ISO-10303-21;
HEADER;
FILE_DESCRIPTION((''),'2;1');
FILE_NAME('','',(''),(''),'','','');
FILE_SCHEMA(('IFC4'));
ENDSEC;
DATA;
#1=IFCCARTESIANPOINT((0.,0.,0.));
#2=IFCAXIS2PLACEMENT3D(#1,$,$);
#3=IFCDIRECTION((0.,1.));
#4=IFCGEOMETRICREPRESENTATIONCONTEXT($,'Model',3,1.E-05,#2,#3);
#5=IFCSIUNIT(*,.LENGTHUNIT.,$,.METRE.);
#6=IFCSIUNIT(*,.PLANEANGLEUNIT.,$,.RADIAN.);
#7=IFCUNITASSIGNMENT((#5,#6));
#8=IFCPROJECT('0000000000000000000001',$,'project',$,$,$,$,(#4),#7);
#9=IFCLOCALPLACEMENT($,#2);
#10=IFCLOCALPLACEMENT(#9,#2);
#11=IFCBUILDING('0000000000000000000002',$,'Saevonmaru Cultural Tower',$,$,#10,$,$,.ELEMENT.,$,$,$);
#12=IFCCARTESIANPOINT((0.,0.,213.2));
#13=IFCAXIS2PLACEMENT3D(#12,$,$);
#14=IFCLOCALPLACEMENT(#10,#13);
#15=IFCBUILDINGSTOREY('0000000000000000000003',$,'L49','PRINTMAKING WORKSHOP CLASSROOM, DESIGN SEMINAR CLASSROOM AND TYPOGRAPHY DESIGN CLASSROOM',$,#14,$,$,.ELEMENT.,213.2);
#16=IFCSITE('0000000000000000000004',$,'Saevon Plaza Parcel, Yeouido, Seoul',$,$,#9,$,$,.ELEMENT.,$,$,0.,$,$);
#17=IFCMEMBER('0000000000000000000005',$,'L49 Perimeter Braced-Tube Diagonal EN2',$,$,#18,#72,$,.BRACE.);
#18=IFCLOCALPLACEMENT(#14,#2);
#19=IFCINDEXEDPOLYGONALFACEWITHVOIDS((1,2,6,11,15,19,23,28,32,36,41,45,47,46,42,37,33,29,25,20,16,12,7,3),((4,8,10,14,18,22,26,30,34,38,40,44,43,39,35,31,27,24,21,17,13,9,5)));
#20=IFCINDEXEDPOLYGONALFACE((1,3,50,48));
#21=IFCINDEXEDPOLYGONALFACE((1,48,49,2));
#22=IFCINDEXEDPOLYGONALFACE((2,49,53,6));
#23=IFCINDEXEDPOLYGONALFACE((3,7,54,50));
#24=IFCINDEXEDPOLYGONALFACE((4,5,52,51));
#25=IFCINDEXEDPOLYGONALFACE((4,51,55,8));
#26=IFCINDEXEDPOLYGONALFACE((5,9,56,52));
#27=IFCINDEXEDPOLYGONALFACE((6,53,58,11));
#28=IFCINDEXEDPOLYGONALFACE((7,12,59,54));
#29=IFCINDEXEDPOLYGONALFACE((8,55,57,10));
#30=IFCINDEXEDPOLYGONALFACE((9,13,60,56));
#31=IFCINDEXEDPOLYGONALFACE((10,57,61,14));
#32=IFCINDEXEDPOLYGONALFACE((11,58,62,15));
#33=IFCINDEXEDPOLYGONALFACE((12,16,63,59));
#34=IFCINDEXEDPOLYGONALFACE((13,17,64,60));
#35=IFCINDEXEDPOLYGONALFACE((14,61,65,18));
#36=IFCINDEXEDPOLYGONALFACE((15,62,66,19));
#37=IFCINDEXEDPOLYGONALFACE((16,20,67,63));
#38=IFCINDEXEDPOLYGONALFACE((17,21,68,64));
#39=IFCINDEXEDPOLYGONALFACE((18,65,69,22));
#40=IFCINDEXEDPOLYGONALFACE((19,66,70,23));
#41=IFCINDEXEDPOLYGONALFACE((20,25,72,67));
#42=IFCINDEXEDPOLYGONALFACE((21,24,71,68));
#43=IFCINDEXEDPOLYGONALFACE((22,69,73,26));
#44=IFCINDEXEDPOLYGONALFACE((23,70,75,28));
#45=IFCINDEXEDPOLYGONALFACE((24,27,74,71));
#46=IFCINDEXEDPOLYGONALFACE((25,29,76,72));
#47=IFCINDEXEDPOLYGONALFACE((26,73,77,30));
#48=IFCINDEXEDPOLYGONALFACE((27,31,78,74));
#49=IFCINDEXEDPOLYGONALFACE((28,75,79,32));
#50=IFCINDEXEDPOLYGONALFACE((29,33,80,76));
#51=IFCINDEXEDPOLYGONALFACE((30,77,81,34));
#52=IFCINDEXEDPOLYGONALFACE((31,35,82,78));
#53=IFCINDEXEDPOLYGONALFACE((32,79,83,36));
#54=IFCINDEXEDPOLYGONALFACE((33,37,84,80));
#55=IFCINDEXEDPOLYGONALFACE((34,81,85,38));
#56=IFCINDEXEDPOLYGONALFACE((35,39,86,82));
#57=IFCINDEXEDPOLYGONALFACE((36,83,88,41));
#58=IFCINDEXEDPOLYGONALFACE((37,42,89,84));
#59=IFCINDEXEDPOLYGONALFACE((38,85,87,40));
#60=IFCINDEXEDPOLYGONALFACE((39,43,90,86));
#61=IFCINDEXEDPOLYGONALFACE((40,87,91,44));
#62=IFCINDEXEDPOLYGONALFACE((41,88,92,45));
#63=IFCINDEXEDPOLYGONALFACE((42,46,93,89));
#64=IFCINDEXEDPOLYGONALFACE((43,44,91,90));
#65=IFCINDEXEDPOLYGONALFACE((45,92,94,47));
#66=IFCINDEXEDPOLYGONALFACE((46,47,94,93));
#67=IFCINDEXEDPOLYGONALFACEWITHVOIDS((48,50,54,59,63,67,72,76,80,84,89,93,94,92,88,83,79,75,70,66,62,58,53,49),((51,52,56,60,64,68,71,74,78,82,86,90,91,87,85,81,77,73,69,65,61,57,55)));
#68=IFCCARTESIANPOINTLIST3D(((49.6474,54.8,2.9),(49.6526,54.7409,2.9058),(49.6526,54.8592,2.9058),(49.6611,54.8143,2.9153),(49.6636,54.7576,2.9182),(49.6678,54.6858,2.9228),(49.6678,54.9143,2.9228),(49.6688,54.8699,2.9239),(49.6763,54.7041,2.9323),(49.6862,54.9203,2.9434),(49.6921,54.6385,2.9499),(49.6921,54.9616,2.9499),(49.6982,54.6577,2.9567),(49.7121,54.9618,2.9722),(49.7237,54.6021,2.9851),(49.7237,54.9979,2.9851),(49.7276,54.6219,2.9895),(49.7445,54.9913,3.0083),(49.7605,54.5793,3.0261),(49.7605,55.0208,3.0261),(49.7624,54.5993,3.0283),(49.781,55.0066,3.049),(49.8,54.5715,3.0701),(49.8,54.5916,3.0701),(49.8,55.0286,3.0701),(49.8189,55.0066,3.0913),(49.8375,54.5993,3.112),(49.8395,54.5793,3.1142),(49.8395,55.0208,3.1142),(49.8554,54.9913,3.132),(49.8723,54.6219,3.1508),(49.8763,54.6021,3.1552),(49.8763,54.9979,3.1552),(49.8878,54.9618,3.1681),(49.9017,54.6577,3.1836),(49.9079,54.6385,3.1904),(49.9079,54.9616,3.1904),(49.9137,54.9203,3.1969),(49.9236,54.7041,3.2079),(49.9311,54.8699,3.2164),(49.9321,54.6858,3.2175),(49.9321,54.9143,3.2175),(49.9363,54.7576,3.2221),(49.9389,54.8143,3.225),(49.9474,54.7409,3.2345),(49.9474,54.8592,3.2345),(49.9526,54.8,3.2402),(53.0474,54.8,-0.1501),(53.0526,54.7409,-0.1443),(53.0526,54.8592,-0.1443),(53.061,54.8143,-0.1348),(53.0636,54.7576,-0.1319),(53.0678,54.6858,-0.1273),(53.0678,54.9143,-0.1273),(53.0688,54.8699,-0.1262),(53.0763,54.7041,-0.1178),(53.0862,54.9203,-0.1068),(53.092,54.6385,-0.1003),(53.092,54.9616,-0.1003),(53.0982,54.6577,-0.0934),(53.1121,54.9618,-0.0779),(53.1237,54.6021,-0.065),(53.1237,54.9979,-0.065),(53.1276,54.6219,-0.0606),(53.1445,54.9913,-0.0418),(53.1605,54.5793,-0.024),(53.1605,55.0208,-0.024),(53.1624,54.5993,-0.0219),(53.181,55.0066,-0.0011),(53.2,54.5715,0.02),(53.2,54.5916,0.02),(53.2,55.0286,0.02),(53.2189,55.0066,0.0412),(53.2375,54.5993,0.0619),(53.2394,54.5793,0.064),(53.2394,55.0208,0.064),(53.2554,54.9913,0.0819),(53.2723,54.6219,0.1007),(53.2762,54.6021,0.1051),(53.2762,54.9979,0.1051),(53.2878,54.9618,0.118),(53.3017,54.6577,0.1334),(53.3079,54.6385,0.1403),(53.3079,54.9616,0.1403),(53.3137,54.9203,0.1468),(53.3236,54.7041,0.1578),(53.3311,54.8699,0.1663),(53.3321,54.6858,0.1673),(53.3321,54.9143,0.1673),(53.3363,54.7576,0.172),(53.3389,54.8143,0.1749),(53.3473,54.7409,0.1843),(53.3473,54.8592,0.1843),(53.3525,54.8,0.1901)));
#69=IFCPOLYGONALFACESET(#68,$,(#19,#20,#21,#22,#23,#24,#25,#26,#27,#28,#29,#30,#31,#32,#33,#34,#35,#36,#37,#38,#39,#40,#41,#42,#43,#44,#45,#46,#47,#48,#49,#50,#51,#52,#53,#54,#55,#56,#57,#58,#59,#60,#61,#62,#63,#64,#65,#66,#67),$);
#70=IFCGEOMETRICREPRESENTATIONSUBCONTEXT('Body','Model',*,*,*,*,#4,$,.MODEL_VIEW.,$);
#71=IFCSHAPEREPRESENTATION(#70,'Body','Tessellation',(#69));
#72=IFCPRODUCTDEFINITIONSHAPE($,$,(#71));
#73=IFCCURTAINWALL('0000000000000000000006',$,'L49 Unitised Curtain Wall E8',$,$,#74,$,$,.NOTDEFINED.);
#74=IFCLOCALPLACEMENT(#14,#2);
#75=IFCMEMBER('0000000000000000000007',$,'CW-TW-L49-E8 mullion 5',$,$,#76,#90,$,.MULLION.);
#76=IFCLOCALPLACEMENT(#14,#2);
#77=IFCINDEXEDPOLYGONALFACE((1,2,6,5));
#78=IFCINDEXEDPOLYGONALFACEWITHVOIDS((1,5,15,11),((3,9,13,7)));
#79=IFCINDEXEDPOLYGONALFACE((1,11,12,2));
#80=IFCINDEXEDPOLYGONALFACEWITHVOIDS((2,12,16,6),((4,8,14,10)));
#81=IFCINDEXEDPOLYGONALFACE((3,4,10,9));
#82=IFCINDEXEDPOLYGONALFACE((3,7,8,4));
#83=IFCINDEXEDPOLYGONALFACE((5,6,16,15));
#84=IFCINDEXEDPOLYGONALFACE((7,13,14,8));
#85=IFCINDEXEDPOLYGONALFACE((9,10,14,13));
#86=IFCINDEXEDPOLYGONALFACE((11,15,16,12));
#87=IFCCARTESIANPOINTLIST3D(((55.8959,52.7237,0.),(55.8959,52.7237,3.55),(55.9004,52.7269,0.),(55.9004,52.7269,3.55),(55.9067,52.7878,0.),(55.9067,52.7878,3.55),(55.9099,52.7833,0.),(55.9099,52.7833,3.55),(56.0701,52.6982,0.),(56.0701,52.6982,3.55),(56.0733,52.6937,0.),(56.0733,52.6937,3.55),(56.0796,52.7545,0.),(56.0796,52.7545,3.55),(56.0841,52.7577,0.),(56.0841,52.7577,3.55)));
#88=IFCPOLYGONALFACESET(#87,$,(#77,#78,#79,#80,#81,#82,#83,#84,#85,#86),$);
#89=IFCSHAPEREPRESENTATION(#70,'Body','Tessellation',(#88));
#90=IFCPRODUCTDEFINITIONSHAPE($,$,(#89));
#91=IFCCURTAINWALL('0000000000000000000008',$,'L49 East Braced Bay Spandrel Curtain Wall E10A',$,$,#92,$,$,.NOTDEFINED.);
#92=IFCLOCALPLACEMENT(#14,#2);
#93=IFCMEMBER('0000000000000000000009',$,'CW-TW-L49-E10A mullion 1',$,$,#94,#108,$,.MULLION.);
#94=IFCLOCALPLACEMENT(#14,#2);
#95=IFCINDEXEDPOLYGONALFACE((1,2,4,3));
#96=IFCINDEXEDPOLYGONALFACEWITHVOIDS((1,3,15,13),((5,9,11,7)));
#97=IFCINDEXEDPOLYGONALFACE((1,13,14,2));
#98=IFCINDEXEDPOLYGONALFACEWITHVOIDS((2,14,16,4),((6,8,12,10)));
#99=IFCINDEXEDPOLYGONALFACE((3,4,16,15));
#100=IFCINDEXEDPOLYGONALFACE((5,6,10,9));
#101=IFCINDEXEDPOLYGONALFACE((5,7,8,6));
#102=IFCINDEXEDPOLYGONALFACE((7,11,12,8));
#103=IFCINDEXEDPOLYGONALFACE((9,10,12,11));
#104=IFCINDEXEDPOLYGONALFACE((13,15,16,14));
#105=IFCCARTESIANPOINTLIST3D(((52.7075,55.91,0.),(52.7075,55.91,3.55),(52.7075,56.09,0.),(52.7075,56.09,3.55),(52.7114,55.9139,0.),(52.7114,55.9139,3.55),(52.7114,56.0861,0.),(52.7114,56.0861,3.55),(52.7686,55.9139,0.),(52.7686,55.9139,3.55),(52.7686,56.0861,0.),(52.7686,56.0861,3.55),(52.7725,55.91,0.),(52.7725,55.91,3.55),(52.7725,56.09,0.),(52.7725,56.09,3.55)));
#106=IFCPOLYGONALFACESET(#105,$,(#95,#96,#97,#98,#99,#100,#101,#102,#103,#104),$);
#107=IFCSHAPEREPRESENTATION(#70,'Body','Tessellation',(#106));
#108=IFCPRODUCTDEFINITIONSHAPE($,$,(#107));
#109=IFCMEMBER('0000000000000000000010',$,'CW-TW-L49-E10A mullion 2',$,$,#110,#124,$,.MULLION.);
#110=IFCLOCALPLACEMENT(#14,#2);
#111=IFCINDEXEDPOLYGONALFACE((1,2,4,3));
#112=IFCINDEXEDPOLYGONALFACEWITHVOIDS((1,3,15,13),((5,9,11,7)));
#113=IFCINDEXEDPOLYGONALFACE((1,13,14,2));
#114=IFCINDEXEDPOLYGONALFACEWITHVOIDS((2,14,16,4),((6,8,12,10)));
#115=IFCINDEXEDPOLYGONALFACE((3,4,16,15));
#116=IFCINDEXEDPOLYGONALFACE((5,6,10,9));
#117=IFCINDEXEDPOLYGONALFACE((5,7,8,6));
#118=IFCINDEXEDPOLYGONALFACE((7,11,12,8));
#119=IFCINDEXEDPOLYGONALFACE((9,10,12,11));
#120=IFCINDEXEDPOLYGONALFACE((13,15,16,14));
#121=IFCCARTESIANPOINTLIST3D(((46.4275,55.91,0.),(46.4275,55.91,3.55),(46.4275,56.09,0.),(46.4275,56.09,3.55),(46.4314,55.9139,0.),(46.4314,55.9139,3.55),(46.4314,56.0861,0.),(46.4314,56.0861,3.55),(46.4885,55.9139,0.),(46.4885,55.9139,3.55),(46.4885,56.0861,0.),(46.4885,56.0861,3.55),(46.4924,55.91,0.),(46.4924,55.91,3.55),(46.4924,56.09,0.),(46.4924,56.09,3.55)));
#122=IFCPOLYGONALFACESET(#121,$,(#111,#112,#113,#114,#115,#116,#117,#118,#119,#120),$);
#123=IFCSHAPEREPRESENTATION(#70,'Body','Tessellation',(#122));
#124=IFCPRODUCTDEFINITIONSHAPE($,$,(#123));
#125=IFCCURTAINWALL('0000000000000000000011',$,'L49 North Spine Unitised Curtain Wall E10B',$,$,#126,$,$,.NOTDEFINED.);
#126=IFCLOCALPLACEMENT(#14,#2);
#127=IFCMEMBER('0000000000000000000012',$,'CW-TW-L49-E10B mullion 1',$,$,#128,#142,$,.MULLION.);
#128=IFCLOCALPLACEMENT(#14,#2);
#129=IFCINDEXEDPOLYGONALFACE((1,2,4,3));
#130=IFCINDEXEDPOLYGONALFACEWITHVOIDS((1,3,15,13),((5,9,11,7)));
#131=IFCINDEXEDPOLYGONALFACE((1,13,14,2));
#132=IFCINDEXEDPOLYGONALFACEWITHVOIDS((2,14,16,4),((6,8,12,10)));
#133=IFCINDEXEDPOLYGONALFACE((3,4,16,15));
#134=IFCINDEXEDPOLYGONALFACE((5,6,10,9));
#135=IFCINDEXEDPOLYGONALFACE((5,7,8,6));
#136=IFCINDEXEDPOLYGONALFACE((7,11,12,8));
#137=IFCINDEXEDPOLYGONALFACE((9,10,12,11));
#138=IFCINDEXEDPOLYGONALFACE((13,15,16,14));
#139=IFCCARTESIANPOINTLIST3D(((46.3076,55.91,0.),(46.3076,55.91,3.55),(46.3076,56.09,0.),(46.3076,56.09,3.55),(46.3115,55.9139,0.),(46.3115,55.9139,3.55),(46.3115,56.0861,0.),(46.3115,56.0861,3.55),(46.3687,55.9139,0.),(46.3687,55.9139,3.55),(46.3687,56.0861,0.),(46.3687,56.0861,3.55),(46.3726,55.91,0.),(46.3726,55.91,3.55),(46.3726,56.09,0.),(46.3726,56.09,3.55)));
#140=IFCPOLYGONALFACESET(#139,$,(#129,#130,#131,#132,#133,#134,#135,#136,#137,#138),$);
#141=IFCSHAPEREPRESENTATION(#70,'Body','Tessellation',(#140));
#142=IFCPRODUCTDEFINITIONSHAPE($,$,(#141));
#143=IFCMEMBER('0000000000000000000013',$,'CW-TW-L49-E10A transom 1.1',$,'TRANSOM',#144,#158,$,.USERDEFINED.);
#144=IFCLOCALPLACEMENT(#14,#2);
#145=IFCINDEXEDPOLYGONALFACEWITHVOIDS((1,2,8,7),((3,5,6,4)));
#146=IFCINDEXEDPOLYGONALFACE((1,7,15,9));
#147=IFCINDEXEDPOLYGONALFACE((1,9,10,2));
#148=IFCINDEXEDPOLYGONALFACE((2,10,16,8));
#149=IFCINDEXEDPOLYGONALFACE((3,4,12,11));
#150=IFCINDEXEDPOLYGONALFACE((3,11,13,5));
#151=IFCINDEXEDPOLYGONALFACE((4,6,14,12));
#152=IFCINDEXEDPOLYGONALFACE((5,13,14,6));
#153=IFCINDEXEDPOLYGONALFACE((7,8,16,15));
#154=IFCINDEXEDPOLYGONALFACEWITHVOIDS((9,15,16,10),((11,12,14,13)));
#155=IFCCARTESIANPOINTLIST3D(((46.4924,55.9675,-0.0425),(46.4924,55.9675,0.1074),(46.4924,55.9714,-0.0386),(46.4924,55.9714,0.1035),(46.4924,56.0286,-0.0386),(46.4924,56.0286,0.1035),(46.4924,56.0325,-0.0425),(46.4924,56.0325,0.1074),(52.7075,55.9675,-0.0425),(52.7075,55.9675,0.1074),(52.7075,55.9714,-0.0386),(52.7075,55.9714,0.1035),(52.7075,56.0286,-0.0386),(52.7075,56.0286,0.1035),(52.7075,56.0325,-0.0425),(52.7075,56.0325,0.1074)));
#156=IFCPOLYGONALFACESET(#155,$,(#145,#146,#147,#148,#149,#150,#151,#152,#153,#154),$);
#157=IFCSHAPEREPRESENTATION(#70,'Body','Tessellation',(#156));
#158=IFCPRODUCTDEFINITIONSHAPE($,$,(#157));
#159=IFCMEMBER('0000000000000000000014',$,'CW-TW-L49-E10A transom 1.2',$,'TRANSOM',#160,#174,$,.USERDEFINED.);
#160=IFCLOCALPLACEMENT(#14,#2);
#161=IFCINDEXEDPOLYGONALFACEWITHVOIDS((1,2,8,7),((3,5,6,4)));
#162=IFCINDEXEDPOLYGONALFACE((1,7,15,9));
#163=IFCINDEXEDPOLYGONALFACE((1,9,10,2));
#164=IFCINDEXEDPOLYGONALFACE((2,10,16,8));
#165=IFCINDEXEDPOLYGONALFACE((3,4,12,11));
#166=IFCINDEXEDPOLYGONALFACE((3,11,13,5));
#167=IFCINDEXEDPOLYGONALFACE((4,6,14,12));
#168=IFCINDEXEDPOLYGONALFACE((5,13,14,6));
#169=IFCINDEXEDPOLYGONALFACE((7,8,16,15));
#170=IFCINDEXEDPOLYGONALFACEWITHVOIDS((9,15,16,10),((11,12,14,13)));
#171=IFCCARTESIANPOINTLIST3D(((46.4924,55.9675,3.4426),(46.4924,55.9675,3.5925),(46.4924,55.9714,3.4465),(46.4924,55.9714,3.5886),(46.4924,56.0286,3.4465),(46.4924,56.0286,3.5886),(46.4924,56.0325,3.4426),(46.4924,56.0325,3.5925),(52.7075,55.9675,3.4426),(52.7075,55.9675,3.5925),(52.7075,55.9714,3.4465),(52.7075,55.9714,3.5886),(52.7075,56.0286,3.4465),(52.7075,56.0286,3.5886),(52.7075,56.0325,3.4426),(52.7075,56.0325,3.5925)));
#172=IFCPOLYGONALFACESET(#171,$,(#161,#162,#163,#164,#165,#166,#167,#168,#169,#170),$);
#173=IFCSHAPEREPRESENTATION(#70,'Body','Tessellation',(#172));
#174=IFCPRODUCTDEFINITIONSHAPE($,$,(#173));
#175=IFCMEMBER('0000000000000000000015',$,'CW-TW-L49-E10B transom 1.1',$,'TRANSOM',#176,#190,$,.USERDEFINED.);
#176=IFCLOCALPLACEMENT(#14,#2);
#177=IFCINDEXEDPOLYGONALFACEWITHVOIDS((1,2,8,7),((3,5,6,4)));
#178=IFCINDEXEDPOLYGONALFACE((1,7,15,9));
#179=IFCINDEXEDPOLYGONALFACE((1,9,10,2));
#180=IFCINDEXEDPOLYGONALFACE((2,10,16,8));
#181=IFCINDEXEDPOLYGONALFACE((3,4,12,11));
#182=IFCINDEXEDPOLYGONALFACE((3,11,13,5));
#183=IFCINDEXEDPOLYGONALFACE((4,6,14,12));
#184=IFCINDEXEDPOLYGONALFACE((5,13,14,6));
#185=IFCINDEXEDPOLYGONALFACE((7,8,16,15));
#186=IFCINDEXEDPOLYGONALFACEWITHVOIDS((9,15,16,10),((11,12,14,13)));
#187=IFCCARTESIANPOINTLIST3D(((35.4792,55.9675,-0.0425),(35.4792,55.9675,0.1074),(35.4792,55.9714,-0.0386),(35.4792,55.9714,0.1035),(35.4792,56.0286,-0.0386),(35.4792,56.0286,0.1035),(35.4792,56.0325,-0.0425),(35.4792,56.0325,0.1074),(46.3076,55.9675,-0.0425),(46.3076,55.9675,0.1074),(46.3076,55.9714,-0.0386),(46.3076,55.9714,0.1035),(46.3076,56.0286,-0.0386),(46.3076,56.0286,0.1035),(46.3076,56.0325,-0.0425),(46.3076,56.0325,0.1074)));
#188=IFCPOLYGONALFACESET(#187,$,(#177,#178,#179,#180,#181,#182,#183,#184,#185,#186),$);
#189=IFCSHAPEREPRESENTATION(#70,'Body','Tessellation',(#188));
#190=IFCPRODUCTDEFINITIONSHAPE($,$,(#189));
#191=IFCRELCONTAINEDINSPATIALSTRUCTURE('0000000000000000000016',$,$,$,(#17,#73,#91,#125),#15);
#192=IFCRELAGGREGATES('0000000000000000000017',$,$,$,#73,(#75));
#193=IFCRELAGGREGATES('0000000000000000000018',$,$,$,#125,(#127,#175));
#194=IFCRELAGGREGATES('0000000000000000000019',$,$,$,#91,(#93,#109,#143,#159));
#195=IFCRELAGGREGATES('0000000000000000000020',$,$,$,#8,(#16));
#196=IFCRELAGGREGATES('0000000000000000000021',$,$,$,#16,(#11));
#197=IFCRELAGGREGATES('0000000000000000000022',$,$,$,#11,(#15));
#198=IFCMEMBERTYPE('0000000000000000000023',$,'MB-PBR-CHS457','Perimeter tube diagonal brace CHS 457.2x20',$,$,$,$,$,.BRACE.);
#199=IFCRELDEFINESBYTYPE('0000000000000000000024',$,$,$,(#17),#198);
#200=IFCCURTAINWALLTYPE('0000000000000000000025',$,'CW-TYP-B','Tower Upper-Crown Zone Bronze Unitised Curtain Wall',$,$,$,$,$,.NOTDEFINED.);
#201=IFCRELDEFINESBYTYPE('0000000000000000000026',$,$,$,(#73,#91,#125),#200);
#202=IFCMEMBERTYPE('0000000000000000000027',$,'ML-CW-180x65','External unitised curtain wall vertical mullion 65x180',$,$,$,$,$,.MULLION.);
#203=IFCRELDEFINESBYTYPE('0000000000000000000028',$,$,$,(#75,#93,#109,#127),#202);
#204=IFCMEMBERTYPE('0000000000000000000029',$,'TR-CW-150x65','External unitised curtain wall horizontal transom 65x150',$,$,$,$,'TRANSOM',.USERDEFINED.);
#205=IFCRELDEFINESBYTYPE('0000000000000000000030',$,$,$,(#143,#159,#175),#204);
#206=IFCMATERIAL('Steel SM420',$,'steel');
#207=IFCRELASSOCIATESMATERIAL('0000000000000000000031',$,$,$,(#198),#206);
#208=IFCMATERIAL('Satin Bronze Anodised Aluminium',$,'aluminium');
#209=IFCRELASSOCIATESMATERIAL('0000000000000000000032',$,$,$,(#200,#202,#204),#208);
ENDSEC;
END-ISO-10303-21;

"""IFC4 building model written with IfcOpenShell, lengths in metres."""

from ifc_helpers import new_model, si_unit, direction, frame, origin, origin_2d, place, context, subcontext, project, spatial, hollow_rectangle, hollow_circle, extrude, material, material_profile, profile_set, type_object, element, aggregate, save


model = new_model("IFC4")

# Units and contexts
model_context = context("Model", 3, precision=1e-05, world=origin(), true_north=direction((0.0, 1.0)))
body_context = subcontext(model_context, "Body", "Model", "MODEL_VIEW")
ifc_project = project(units=[si_unit("LENGTHUNIT", "METRE"), si_unit("PLANEANGLEUNIT", "RADIAN")], contexts=[model_context])

# Site, building, storey
site_placement = place(None, origin())
site = spatial("IfcSite", under=ifc_project, at=site_placement, Name="Saevon Plaza Parcel, Yeouido, Seoul", CompositionType="ELEMENT", RefElevation=0.0)
building_placement = place(site_placement, origin())
building = spatial("IfcBuilding", under=site, at=building_placement, Name="Saevonmaru Cultural Tower", CompositionType="ELEMENT")
storey_placement = place(building_placement, frame((0.0, 0.0, 213.2)))
storey = spatial("IfcBuildingStorey", under=building, at=storey_placement, Name="L49", Description="PRINTMAKING WORKSHOP CLASSROOM, DESIGN SEMINAR CLASSROOM AND TYPOGRAPHY DESIGN CLASSROOM", CompositionType="ELEMENT", Elevation=213.2)

# Shared definitions
ifc_material_1 = material(Name="Steel SM420", Category="steel")

# Member
ifc_material_profile_1 = material_profile(ifc_material_1, hollow_circle(Radius=0.2285, WallThickness=0.02, at=origin_2d()), Name="CHS-457.2x20")
ifc_profile_set_1 = profile_set([ifc_material_profile_1], Name="Steel SM420")
member_type_1 = type_object("IfcMemberType", Name="MB-PBR-CHS457", Description="Perimeter tube diagonal brace CHS 457.2x20", PredefinedType="BRACE", material=ifc_profile_set_1)
for number, where, z_axis, x_axis, name in (
    (1, (53.2, 54.8, 0.02), (-0.744367, 0.0, 0.667771), (0.0, -1.0, 0.0), "L49 Perimeter Braced-Tube Diagonal EN2"),
):
    element("IfcMember", number, at=place(storey_placement, frame(where, z_axis=z_axis, x_axis=x_axis)), inside=storey, type_object=member_type_1, Name=name, PredefinedType="BRACE", context=body_context, shape_type="SweptSolid", body=[
        extrude(hollow_circle(Radius=0.2285, WallThickness=0.02, at=origin_2d()), origin(), (0.0, 0.0, 1.0), 4.5676),
    ])

# Curtain wall, member
ifc_material_2 = material(Name="Satin Bronze Anodised Aluminium", Category="aluminium")
curtain_wall_type = type_object("IfcCurtainWallType", Name="CW-TYP-B", Description="Tower Upper-Crown Zone Bronze Unitised Curtain Wall", PredefinedType="NOTDEFINED", material=ifc_material_2)
curtain_wall_1_placement = place(storey_placement, origin())
curtain_wall_1 = element("IfcCurtainWall", 2, at=curtain_wall_1_placement, inside=storey, type_object=curtain_wall_type, Name="L49 Unitised Curtain Wall E8", PredefinedType="NOTDEFINED")
ifc_material_profile_2 = material_profile(ifc_material_2, hollow_rectangle(XDim=0.0649, YDim=0.1799, WallThickness=0.0039, at=origin_2d()), Name="ALU-MULL-180x65x4")
ifc_profile_set_2 = profile_set([ifc_material_profile_2], Name="Satin Bronze Anodised Aluminium")
member_type_2 = type_object("IfcMemberType", Name="ML-CW-180x65", Description="External unitised curtain wall vertical mullion 65x180", PredefinedType="MULLION", material=ifc_profile_set_2)
member_1_placement = place(storey_placement, frame((55.99, 52.7407, 0.0), z_axis=(0.0, 0.0, 1.0), x_axis=(0.166922, 0.98597, 0.0)))
member_1 = element("IfcMember", 3, at=member_1_placement, type_object=member_type_2, Name="CW-TW-L49-E8 mullion 5", PredefinedType="MULLION", context=body_context, shape_type="SweptSolid", body=[
    extrude(hollow_rectangle(XDim=0.0649, YDim=0.1799, WallThickness=0.0039, at=origin_2d()), origin(), (0.0, 0.0, 1.0), 3.55),
])
aggregate(curtain_wall_1, [member_1])

# Curtain wall, members
curtain_wall_2_placement = place(storey_placement, origin())
curtain_wall_2 = element("IfcCurtainWall", 4, at=curtain_wall_2_placement, inside=storey, type_object=curtain_wall_type, Name="L49 East Braced Bay Spandrel Curtain Wall E10A", PredefinedType="NOTDEFINED")
member_2_placement = place(storey_placement, frame((52.74, 56.0, 0.0), z_axis=(0.0, 0.0, 1.0), x_axis=(-1.0, 0.0, 0.0)))
member_2 = element("IfcMember", 5, at=member_2_placement, type_object=member_type_2, Name="CW-TW-L49-E10A mullion 1", PredefinedType="MULLION", context=body_context, shape_type="SweptSolid", body=[
    extrude(hollow_rectangle(XDim=0.0649, YDim=0.1799, WallThickness=0.0039, at=origin_2d()), origin(), (0.0, 0.0, 1.0), 3.55),
])
member_3_placement = place(storey_placement, frame((46.46, 56.0, 0.0), z_axis=(0.0, 0.0, 1.0), x_axis=(-1.0, 0.0, 0.0)))
member_3 = element("IfcMember", 6, at=member_3_placement, type_object=member_type_2, Name="CW-TW-L49-E10A mullion 2", PredefinedType="MULLION", context=body_context, shape_type="SweptSolid", body=[
    extrude(hollow_rectangle(XDim=0.0649, YDim=0.1799, WallThickness=0.0039, at=origin_2d()), origin(), (0.0, 0.0, 1.0), 3.55),
])

# Curtain wall, member
curtain_wall_3_placement = place(storey_placement, origin())
curtain_wall_3 = element("IfcCurtainWall", 7, at=curtain_wall_3_placement, inside=storey, type_object=curtain_wall_type, Name="L49 North Spine Unitised Curtain Wall E10B", PredefinedType="NOTDEFINED")
member_4_placement = place(storey_placement, frame((46.3401, 56.0, 0.0), z_axis=(0.0, 0.0, 1.0), x_axis=(-1.0, 0.0, 0.0)))
member_4 = element("IfcMember", 8, at=member_4_placement, type_object=member_type_2, Name="CW-TW-L49-E10B mullion 1", PredefinedType="MULLION", context=body_context, shape_type="SweptSolid", body=[
    extrude(hollow_rectangle(XDim=0.0649, YDim=0.1799, WallThickness=0.0039, at=origin_2d()), origin(), (0.0, 0.0, 1.0), 3.55),
])

# Members
ifc_material_profile_3 = material_profile(ifc_material_2, hollow_rectangle(XDim=0.0649, YDim=0.1499, WallThickness=0.0039, at=origin_2d()), Name="ALU-TRAN-150x65x4")
ifc_profile_set_3 = profile_set([ifc_material_profile_3], Name="Satin Bronze Anodised Aluminium")
member_type_3 = type_object("IfcMemberType", Name="TR-CW-150x65", Description="External unitised curtain wall horizontal transom 65x150", ElementType="TRANSOM", PredefinedType="USERDEFINED", material=ifc_profile_set_3)
member_5_placement = place(storey_placement, frame((52.7075, 56.0, 0.0325), z_axis=(-1.0, 0.0, 0.0), x_axis=(0.0, -1.0, 0.0)))
member_5 = element("IfcMember", 9, at=member_5_placement, type_object=member_type_3, Name="CW-TW-L49-E10A transom 1.1", ObjectType="TRANSOM", PredefinedType="USERDEFINED", context=body_context, shape_type="SweptSolid", body=[
    extrude(hollow_rectangle(XDim=0.0649, YDim=0.1499, WallThickness=0.0039, at=origin_2d()), origin(), (0.0, 0.0, 1.0), 6.2151),
])
member_6_placement = place(storey_placement, frame((52.7075, 56.0, 3.5176), z_axis=(-1.0, 0.0, 0.0), x_axis=(0.0, -1.0, 0.0)))
member_6 = element("IfcMember", 10, at=member_6_placement, type_object=member_type_3, Name="CW-TW-L49-E10A transom 1.2", ObjectType="TRANSOM", PredefinedType="USERDEFINED", context=body_context, shape_type="SweptSolid", body=[
    extrude(hollow_rectangle(XDim=0.0649, YDim=0.1499, WallThickness=0.0039, at=origin_2d()), origin(), (0.0, 0.0, 1.0), 6.2151),
])
member_7_placement = place(storey_placement, frame((46.3076, 56.0, 0.0325), z_axis=(-1.0, 0.0, 0.0), x_axis=(0.0, -1.0, 0.0)))
member_7 = element("IfcMember", 11, at=member_7_placement, type_object=member_type_3, Name="CW-TW-L49-E10B transom 1.1", ObjectType="TRANSOM", PredefinedType="USERDEFINED", context=body_context, shape_type="SweptSolid", body=[
    extrude(hollow_rectangle(XDim=0.0649, YDim=0.1499, WallThickness=0.0039, at=origin_2d()), origin(), (0.0, 0.0, 1.0), 10.8284),
])
aggregate(curtain_wall_3, [member_4, member_7])

aggregate(curtain_wall_2, [member_2, member_3, member_5, member_6])

save(model, "model.ifc")
